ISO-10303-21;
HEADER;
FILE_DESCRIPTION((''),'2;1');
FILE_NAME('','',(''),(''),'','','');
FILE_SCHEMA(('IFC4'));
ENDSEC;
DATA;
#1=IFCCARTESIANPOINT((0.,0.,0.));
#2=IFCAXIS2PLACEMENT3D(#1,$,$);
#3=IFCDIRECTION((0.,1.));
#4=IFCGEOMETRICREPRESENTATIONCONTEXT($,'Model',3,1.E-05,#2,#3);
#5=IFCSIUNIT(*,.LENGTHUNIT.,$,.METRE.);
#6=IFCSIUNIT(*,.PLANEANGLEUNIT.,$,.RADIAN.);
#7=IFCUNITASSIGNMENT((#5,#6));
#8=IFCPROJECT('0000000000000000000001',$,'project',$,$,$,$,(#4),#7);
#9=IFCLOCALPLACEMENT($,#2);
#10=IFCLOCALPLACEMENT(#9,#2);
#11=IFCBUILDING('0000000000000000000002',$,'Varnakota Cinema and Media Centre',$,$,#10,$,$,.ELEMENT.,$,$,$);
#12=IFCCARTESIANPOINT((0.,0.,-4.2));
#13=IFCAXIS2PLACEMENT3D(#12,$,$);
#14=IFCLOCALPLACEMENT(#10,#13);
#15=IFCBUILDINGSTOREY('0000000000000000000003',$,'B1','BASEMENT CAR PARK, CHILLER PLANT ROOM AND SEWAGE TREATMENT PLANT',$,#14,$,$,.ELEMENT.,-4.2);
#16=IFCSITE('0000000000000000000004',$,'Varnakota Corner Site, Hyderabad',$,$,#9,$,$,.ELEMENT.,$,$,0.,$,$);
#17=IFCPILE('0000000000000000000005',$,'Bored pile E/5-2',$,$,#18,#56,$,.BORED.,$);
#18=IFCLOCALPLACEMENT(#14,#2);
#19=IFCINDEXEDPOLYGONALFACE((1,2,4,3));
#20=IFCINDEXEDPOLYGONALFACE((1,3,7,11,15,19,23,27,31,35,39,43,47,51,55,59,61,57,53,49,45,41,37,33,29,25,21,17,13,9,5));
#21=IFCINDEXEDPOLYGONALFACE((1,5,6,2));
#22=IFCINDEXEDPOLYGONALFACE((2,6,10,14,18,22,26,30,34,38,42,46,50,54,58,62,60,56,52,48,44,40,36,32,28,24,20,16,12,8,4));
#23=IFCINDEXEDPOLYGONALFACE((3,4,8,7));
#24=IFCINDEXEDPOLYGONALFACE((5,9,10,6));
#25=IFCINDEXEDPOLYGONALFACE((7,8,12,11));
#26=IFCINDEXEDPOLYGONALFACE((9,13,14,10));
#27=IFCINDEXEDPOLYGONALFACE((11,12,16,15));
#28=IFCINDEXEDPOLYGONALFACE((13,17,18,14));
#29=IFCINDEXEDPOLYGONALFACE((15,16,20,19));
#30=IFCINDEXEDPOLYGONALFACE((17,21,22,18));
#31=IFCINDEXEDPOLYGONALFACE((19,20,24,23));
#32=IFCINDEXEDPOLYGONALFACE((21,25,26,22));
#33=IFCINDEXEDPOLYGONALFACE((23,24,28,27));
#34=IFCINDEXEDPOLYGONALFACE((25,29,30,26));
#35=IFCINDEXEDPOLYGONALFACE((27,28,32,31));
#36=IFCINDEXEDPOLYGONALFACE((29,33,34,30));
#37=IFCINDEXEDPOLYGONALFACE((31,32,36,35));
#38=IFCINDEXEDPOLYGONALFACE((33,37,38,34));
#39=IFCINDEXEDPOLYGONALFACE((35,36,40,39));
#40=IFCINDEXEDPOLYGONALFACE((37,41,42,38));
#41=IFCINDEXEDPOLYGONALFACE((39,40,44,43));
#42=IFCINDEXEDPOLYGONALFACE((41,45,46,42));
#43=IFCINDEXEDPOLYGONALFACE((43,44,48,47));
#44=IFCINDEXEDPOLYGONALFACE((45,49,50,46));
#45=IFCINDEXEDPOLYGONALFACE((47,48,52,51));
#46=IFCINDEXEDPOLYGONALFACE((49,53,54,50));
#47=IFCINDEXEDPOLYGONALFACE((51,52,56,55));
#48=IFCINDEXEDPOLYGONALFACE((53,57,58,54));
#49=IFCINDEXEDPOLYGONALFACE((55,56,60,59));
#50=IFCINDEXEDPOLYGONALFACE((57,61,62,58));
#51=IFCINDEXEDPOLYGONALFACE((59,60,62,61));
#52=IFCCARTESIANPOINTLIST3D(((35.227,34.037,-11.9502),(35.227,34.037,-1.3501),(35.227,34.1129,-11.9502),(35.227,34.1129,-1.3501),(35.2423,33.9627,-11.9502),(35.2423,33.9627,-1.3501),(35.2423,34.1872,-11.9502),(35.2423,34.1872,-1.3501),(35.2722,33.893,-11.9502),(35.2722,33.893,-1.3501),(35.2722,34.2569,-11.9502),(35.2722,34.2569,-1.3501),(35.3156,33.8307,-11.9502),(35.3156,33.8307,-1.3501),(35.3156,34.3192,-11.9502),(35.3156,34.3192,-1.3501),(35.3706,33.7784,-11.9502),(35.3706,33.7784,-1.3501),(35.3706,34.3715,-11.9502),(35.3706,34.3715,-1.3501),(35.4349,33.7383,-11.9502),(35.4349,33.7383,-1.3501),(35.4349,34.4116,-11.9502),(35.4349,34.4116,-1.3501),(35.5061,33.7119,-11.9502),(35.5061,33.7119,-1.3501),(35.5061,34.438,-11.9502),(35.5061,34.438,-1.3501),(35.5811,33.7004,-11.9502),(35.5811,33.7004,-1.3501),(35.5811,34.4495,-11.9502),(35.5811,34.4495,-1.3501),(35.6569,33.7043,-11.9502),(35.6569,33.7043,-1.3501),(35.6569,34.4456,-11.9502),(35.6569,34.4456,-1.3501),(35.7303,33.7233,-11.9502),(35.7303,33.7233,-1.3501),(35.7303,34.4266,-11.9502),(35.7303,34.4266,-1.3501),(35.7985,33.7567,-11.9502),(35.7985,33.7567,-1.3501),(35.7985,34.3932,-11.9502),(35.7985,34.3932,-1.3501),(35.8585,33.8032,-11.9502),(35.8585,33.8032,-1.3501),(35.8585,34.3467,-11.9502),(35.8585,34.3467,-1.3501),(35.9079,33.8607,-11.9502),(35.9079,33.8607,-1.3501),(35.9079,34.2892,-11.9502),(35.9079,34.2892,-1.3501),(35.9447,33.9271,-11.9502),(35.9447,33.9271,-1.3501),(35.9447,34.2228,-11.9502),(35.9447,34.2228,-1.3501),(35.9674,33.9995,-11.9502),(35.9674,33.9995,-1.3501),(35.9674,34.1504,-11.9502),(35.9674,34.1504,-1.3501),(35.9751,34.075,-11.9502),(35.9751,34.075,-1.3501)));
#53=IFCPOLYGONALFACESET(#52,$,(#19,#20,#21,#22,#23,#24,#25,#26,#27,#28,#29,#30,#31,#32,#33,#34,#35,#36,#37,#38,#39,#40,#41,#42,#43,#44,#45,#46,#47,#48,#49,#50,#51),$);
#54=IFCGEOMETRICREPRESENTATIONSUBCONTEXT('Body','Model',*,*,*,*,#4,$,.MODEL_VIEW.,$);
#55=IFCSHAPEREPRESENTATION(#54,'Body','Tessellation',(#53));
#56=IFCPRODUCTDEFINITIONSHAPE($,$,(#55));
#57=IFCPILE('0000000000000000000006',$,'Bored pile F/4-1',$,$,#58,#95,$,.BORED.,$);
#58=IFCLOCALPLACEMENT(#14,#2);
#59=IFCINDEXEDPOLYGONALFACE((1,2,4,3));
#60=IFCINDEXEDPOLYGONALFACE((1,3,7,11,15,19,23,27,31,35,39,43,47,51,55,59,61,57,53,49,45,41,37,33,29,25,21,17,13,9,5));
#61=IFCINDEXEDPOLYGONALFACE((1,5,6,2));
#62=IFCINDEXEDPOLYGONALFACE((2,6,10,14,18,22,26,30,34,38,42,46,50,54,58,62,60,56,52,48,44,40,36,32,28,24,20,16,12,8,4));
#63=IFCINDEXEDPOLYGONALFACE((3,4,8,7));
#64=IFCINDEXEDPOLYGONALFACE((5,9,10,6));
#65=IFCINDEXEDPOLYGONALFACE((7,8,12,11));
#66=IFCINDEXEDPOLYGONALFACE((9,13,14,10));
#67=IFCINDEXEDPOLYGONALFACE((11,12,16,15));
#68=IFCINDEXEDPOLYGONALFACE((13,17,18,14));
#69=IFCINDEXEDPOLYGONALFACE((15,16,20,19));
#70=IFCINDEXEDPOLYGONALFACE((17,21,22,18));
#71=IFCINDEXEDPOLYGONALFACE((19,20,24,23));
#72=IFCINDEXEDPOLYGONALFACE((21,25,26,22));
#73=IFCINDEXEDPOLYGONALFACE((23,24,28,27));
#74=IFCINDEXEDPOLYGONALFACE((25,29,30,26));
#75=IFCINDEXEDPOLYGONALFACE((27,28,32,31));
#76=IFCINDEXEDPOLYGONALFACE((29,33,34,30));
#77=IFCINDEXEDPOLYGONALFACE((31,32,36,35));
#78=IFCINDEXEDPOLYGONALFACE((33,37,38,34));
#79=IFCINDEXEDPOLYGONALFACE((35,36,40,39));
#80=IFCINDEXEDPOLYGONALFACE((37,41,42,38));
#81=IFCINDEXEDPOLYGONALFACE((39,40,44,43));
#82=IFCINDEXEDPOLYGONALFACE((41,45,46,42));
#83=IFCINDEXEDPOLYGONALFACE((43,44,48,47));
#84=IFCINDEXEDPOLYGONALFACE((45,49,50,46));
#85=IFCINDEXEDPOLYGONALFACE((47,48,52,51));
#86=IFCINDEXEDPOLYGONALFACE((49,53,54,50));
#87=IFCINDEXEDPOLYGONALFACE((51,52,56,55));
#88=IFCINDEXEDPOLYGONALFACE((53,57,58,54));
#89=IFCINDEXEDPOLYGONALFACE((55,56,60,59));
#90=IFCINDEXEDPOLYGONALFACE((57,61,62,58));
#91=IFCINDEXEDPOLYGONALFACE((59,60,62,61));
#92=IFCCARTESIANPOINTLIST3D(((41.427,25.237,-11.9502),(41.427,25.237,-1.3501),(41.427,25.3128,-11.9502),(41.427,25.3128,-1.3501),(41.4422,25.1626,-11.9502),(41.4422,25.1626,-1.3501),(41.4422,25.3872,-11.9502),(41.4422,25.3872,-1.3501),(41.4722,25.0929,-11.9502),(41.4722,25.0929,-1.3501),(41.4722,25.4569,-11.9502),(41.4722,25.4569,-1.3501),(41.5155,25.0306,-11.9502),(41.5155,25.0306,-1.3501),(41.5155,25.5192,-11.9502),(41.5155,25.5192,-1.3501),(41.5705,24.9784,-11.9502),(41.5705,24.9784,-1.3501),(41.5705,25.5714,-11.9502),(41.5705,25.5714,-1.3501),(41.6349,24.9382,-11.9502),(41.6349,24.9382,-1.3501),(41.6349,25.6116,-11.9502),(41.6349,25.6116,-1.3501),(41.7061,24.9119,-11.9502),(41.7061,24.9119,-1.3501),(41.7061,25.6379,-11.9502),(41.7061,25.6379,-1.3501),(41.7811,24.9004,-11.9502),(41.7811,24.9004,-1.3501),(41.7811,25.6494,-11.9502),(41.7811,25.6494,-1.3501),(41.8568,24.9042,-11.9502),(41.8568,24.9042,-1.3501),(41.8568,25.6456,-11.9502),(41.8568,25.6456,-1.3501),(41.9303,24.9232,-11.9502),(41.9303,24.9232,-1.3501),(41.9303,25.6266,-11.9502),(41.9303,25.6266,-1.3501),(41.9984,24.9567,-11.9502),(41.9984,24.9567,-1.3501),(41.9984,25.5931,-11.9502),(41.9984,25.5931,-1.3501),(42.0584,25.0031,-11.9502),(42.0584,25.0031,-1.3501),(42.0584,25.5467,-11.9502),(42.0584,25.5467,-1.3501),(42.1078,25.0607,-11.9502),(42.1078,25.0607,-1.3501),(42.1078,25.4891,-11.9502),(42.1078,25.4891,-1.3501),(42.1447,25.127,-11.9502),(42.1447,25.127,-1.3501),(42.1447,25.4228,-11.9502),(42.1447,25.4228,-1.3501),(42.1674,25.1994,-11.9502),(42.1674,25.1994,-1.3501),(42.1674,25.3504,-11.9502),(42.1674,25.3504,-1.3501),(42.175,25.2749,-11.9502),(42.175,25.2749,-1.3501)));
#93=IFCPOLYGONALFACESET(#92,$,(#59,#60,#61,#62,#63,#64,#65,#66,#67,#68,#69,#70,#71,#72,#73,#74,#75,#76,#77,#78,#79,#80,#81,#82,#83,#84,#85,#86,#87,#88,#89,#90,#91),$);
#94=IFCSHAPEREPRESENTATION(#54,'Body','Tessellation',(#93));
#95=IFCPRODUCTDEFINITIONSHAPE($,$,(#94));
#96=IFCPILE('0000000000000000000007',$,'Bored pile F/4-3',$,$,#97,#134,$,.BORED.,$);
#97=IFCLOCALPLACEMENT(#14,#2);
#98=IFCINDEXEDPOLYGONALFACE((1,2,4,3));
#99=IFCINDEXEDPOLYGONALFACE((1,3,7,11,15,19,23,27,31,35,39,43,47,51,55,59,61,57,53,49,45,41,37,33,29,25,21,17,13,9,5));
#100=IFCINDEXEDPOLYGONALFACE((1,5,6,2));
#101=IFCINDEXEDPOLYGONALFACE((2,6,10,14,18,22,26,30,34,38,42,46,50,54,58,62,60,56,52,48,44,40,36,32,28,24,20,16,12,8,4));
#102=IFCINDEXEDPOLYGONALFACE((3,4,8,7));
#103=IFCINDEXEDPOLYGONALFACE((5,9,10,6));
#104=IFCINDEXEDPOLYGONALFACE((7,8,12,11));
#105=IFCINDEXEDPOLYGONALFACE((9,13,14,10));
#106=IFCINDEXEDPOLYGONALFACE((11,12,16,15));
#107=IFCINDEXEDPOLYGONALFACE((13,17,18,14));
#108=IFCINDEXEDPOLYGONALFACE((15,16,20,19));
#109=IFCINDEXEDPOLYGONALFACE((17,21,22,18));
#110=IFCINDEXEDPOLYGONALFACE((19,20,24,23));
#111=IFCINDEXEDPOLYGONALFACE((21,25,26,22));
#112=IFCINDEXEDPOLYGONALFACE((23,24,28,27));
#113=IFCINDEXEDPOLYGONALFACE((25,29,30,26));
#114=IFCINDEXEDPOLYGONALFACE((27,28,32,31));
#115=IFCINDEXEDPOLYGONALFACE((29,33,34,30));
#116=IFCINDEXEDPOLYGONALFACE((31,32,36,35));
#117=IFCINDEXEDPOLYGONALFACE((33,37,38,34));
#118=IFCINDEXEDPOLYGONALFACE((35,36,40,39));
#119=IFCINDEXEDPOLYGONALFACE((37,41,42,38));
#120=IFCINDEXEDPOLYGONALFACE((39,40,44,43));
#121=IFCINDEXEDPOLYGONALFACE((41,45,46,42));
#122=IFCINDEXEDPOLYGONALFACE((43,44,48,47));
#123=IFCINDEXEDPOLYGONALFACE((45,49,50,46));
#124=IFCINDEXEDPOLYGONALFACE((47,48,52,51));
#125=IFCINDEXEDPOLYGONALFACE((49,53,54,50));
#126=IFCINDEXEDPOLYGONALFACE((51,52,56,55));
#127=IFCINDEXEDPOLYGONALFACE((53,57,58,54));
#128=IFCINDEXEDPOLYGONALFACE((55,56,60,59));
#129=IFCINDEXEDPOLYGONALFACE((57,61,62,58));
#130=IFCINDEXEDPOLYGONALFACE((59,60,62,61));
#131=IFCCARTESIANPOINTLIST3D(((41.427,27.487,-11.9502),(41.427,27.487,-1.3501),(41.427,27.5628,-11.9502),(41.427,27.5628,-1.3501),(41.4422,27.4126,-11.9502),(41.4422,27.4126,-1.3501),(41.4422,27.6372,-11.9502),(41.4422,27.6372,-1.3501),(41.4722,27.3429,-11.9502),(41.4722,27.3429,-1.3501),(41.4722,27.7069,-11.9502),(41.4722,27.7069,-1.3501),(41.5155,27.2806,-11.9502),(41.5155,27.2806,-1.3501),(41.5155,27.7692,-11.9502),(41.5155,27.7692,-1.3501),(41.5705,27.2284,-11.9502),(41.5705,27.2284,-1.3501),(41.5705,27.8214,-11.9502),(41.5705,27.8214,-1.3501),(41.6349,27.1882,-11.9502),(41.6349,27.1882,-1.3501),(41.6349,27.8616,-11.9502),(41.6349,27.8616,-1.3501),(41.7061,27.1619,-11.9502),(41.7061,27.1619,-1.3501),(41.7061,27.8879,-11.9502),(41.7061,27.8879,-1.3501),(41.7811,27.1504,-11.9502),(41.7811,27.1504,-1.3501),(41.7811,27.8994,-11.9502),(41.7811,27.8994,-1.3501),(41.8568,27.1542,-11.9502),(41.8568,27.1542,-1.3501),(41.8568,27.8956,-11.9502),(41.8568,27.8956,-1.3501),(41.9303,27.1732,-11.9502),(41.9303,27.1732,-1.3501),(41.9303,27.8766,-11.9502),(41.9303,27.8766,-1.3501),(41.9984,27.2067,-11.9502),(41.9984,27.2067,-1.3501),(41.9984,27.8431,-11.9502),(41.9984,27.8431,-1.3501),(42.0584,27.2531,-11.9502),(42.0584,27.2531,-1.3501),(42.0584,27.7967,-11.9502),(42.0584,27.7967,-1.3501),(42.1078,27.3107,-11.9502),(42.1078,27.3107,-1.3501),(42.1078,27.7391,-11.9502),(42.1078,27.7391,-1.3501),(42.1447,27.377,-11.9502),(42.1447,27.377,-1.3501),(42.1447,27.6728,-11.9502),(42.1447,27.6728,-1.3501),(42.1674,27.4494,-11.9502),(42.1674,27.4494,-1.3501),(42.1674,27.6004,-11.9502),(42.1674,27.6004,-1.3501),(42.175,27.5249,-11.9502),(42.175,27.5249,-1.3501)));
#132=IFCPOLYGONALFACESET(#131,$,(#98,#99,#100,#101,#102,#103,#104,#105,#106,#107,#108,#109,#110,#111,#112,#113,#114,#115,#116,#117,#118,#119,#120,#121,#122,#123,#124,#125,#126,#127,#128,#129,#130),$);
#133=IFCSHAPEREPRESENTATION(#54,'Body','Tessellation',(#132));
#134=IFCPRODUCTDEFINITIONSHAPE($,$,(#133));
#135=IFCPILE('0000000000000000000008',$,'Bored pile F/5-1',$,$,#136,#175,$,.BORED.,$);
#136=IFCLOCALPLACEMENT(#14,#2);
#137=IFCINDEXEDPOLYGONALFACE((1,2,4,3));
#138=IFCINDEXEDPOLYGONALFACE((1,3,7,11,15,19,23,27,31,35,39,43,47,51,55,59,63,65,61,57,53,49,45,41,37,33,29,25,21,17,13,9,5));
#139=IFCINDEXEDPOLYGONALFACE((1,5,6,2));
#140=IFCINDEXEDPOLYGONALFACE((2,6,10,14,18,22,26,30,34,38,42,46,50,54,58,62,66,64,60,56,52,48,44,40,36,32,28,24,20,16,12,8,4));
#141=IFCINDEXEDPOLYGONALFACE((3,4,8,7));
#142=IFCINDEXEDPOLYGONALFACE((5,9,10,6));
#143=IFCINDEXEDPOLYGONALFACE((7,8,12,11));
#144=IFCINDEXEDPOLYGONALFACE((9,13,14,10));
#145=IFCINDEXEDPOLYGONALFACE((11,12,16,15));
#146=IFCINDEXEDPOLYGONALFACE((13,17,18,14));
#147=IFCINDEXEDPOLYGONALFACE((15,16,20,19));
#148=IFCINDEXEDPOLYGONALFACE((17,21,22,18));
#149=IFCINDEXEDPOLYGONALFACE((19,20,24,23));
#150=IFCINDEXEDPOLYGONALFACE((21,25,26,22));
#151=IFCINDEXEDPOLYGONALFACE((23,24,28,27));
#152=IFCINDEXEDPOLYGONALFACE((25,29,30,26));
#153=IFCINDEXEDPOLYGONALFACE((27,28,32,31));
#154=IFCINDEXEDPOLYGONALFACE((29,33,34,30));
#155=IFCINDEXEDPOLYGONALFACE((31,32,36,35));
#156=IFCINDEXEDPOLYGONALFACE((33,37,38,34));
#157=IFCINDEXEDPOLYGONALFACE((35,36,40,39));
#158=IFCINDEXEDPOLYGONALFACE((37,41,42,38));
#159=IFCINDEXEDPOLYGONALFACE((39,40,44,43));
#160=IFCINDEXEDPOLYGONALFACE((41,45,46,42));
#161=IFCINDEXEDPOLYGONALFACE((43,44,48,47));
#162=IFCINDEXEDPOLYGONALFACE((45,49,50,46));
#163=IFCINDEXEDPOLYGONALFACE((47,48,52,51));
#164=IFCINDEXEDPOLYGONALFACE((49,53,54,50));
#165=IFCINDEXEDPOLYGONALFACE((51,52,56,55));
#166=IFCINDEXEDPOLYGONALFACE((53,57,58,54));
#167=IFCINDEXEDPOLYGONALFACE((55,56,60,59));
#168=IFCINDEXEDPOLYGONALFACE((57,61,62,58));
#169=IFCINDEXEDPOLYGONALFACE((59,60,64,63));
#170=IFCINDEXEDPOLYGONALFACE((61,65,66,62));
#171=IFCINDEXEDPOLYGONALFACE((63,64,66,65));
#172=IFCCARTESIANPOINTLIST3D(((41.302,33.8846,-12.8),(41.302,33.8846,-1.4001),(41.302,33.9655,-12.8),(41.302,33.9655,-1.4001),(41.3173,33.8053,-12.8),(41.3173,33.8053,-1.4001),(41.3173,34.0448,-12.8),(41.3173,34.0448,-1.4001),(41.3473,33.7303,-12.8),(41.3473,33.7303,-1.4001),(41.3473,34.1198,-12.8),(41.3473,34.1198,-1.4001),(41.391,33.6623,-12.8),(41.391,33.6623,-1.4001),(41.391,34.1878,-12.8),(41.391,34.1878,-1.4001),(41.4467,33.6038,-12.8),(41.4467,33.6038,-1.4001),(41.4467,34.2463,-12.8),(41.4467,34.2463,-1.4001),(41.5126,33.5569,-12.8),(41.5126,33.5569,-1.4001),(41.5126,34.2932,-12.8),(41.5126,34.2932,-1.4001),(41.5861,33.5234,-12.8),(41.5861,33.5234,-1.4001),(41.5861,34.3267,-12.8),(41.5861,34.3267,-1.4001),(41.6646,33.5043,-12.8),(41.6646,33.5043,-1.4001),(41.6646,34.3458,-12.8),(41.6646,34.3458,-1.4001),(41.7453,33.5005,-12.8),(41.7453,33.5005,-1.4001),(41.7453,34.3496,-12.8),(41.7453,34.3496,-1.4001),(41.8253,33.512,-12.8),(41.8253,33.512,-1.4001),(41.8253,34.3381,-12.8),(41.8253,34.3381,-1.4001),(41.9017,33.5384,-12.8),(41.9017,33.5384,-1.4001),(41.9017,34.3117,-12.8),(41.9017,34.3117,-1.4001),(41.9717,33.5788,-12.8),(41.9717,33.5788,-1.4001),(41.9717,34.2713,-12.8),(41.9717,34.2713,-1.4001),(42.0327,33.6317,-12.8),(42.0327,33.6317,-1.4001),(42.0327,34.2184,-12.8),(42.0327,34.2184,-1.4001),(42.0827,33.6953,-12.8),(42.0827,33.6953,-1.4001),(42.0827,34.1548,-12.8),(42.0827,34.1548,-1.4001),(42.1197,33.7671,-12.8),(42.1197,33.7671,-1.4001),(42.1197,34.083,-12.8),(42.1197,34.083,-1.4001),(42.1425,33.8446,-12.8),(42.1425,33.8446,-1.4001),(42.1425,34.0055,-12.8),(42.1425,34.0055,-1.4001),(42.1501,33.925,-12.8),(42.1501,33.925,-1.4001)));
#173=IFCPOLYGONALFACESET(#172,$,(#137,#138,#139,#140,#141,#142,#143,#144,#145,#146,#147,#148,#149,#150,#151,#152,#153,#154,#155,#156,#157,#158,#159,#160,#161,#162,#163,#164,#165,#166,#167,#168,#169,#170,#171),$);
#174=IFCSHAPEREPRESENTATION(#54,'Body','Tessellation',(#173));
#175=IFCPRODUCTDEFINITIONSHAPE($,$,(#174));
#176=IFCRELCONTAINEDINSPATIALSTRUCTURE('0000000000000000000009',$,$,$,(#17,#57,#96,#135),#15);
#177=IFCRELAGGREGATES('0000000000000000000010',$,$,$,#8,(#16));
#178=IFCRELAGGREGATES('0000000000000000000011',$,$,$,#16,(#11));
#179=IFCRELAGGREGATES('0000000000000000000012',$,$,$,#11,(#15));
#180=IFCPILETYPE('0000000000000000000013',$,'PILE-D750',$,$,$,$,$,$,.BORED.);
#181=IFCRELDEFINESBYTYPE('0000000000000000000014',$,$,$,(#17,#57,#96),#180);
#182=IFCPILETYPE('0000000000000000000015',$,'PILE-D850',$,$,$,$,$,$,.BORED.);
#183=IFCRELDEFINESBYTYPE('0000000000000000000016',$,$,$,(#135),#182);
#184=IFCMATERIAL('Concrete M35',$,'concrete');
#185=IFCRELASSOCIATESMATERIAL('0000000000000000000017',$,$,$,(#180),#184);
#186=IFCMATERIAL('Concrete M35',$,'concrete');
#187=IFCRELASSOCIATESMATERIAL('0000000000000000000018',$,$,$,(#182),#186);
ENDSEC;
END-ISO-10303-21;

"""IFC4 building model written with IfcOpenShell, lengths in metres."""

from ifc_helpers import new_model, si_unit, direction, frame, origin, origin_2d, place, context, subcontext, project, spatial, circle, extrude, material, material_profile, profile_set, type_object, element, save


model = new_model("IFC4")

# Units and contexts
model_context = context("Model", 3, precision=1e-05, world=origin(), true_north=direction((0.0, 1.0)))
body_context = subcontext(model_context, "Body", "Model", "MODEL_VIEW")
ifc_project = project(units=[si_unit("LENGTHUNIT", "METRE"), si_unit("PLANEANGLEUNIT", "RADIAN")], contexts=[model_context])

# Site, building, storey
site_placement = place(None, origin())
site = spatial("IfcSite", under=ifc_project, at=site_placement, Name="Varnakota Corner Site, Hyderabad", CompositionType="ELEMENT", RefElevation=0.0)
building_placement = place(site_placement, origin())
building = spatial("IfcBuilding", under=site, at=building_placement, Name="Varnakota Cinema and Media Centre", CompositionType="ELEMENT")
storey_placement = place(building_placement, frame((0.0, 0.0, -4.2)))
storey = spatial("IfcBuildingStorey", under=building, at=storey_placement, Name="B1", Description="BASEMENT CAR PARK, CHILLER PLANT ROOM AND SEWAGE TREATMENT PLANT", CompositionType="ELEMENT", Elevation=-4.2)

# Piles
ifc_material_1 = material(Name="Concrete M35", Category="concrete")
ifc_material_profile_1 = material_profile(ifc_material_1, circle(Radius=0.375, at=origin_2d()), Name="PILE D750")
ifc_profile_set_1 = profile_set([ifc_material_profile_1], Name="Concrete M35")
pile_type_1 = type_object("IfcPileType", Name="PILE-D750", PredefinedType="BORED", material=ifc_profile_set_1)
for number, where, z_axis, x_axis, name in (
    (1, (35.6001, 34.075, -1.3501), (0.0, 0.0, -1.0), (1.0, 0.0, 0.0), "Bored pile E/5-2"),
    (2, (41.8, 25.2749, -1.3501), (0.0, 0.0, -1.0), (1.0, 0.0, 0.0), "Bored pile F/4-1"),
    (3, (41.8, 27.5249, -1.3501), (0.0, 0.0, -1.0), (1.0, 0.0, 0.0), "Bored pile F/4-3"),
):
    element("IfcPile", number, at=place(storey_placement, frame(where, z_axis=z_axis, x_axis=x_axis)), inside=storey, type_object=pile_type_1, Name=name, PredefinedType="BORED", context=body_context, shape_type="SweptSolid", body=[
        extrude(circle(Radius=0.375, at=origin_2d()), origin(), (0.0, 0.0, 1.0), 10.6001),
    ])
ifc_material_2 = material(Name="Concrete M35", Category="concrete")
ifc_material_profile_2 = material_profile(ifc_material_2, circle(Radius=0.425, at=origin_2d()), Name="PILE D850")
ifc_profile_set_2 = profile_set([ifc_material_profile_2], Name="Concrete M35")
pile_type_2 = type_object("IfcPileType", Name="PILE-D850", PredefinedType="BORED", material=ifc_profile_set_2)
pile_placement = place(storey_placement, frame((41.7251, 33.925, -1.4001), z_axis=(0.0, 0.0, -1.0), x_axis=(1.0, 0.0, 0.0)))
element("IfcPile", 4, at=pile_placement, inside=storey, type_object=pile_type_2, Name="Bored pile F/5-1", PredefinedType="BORED", context=body_context, shape_type="SweptSolid", body=[
    extrude(circle(Radius=0.425, at=origin_2d()), origin(), (0.0, 0.0, 1.0), 11.3999),
])

save(model, "model.ifc")
